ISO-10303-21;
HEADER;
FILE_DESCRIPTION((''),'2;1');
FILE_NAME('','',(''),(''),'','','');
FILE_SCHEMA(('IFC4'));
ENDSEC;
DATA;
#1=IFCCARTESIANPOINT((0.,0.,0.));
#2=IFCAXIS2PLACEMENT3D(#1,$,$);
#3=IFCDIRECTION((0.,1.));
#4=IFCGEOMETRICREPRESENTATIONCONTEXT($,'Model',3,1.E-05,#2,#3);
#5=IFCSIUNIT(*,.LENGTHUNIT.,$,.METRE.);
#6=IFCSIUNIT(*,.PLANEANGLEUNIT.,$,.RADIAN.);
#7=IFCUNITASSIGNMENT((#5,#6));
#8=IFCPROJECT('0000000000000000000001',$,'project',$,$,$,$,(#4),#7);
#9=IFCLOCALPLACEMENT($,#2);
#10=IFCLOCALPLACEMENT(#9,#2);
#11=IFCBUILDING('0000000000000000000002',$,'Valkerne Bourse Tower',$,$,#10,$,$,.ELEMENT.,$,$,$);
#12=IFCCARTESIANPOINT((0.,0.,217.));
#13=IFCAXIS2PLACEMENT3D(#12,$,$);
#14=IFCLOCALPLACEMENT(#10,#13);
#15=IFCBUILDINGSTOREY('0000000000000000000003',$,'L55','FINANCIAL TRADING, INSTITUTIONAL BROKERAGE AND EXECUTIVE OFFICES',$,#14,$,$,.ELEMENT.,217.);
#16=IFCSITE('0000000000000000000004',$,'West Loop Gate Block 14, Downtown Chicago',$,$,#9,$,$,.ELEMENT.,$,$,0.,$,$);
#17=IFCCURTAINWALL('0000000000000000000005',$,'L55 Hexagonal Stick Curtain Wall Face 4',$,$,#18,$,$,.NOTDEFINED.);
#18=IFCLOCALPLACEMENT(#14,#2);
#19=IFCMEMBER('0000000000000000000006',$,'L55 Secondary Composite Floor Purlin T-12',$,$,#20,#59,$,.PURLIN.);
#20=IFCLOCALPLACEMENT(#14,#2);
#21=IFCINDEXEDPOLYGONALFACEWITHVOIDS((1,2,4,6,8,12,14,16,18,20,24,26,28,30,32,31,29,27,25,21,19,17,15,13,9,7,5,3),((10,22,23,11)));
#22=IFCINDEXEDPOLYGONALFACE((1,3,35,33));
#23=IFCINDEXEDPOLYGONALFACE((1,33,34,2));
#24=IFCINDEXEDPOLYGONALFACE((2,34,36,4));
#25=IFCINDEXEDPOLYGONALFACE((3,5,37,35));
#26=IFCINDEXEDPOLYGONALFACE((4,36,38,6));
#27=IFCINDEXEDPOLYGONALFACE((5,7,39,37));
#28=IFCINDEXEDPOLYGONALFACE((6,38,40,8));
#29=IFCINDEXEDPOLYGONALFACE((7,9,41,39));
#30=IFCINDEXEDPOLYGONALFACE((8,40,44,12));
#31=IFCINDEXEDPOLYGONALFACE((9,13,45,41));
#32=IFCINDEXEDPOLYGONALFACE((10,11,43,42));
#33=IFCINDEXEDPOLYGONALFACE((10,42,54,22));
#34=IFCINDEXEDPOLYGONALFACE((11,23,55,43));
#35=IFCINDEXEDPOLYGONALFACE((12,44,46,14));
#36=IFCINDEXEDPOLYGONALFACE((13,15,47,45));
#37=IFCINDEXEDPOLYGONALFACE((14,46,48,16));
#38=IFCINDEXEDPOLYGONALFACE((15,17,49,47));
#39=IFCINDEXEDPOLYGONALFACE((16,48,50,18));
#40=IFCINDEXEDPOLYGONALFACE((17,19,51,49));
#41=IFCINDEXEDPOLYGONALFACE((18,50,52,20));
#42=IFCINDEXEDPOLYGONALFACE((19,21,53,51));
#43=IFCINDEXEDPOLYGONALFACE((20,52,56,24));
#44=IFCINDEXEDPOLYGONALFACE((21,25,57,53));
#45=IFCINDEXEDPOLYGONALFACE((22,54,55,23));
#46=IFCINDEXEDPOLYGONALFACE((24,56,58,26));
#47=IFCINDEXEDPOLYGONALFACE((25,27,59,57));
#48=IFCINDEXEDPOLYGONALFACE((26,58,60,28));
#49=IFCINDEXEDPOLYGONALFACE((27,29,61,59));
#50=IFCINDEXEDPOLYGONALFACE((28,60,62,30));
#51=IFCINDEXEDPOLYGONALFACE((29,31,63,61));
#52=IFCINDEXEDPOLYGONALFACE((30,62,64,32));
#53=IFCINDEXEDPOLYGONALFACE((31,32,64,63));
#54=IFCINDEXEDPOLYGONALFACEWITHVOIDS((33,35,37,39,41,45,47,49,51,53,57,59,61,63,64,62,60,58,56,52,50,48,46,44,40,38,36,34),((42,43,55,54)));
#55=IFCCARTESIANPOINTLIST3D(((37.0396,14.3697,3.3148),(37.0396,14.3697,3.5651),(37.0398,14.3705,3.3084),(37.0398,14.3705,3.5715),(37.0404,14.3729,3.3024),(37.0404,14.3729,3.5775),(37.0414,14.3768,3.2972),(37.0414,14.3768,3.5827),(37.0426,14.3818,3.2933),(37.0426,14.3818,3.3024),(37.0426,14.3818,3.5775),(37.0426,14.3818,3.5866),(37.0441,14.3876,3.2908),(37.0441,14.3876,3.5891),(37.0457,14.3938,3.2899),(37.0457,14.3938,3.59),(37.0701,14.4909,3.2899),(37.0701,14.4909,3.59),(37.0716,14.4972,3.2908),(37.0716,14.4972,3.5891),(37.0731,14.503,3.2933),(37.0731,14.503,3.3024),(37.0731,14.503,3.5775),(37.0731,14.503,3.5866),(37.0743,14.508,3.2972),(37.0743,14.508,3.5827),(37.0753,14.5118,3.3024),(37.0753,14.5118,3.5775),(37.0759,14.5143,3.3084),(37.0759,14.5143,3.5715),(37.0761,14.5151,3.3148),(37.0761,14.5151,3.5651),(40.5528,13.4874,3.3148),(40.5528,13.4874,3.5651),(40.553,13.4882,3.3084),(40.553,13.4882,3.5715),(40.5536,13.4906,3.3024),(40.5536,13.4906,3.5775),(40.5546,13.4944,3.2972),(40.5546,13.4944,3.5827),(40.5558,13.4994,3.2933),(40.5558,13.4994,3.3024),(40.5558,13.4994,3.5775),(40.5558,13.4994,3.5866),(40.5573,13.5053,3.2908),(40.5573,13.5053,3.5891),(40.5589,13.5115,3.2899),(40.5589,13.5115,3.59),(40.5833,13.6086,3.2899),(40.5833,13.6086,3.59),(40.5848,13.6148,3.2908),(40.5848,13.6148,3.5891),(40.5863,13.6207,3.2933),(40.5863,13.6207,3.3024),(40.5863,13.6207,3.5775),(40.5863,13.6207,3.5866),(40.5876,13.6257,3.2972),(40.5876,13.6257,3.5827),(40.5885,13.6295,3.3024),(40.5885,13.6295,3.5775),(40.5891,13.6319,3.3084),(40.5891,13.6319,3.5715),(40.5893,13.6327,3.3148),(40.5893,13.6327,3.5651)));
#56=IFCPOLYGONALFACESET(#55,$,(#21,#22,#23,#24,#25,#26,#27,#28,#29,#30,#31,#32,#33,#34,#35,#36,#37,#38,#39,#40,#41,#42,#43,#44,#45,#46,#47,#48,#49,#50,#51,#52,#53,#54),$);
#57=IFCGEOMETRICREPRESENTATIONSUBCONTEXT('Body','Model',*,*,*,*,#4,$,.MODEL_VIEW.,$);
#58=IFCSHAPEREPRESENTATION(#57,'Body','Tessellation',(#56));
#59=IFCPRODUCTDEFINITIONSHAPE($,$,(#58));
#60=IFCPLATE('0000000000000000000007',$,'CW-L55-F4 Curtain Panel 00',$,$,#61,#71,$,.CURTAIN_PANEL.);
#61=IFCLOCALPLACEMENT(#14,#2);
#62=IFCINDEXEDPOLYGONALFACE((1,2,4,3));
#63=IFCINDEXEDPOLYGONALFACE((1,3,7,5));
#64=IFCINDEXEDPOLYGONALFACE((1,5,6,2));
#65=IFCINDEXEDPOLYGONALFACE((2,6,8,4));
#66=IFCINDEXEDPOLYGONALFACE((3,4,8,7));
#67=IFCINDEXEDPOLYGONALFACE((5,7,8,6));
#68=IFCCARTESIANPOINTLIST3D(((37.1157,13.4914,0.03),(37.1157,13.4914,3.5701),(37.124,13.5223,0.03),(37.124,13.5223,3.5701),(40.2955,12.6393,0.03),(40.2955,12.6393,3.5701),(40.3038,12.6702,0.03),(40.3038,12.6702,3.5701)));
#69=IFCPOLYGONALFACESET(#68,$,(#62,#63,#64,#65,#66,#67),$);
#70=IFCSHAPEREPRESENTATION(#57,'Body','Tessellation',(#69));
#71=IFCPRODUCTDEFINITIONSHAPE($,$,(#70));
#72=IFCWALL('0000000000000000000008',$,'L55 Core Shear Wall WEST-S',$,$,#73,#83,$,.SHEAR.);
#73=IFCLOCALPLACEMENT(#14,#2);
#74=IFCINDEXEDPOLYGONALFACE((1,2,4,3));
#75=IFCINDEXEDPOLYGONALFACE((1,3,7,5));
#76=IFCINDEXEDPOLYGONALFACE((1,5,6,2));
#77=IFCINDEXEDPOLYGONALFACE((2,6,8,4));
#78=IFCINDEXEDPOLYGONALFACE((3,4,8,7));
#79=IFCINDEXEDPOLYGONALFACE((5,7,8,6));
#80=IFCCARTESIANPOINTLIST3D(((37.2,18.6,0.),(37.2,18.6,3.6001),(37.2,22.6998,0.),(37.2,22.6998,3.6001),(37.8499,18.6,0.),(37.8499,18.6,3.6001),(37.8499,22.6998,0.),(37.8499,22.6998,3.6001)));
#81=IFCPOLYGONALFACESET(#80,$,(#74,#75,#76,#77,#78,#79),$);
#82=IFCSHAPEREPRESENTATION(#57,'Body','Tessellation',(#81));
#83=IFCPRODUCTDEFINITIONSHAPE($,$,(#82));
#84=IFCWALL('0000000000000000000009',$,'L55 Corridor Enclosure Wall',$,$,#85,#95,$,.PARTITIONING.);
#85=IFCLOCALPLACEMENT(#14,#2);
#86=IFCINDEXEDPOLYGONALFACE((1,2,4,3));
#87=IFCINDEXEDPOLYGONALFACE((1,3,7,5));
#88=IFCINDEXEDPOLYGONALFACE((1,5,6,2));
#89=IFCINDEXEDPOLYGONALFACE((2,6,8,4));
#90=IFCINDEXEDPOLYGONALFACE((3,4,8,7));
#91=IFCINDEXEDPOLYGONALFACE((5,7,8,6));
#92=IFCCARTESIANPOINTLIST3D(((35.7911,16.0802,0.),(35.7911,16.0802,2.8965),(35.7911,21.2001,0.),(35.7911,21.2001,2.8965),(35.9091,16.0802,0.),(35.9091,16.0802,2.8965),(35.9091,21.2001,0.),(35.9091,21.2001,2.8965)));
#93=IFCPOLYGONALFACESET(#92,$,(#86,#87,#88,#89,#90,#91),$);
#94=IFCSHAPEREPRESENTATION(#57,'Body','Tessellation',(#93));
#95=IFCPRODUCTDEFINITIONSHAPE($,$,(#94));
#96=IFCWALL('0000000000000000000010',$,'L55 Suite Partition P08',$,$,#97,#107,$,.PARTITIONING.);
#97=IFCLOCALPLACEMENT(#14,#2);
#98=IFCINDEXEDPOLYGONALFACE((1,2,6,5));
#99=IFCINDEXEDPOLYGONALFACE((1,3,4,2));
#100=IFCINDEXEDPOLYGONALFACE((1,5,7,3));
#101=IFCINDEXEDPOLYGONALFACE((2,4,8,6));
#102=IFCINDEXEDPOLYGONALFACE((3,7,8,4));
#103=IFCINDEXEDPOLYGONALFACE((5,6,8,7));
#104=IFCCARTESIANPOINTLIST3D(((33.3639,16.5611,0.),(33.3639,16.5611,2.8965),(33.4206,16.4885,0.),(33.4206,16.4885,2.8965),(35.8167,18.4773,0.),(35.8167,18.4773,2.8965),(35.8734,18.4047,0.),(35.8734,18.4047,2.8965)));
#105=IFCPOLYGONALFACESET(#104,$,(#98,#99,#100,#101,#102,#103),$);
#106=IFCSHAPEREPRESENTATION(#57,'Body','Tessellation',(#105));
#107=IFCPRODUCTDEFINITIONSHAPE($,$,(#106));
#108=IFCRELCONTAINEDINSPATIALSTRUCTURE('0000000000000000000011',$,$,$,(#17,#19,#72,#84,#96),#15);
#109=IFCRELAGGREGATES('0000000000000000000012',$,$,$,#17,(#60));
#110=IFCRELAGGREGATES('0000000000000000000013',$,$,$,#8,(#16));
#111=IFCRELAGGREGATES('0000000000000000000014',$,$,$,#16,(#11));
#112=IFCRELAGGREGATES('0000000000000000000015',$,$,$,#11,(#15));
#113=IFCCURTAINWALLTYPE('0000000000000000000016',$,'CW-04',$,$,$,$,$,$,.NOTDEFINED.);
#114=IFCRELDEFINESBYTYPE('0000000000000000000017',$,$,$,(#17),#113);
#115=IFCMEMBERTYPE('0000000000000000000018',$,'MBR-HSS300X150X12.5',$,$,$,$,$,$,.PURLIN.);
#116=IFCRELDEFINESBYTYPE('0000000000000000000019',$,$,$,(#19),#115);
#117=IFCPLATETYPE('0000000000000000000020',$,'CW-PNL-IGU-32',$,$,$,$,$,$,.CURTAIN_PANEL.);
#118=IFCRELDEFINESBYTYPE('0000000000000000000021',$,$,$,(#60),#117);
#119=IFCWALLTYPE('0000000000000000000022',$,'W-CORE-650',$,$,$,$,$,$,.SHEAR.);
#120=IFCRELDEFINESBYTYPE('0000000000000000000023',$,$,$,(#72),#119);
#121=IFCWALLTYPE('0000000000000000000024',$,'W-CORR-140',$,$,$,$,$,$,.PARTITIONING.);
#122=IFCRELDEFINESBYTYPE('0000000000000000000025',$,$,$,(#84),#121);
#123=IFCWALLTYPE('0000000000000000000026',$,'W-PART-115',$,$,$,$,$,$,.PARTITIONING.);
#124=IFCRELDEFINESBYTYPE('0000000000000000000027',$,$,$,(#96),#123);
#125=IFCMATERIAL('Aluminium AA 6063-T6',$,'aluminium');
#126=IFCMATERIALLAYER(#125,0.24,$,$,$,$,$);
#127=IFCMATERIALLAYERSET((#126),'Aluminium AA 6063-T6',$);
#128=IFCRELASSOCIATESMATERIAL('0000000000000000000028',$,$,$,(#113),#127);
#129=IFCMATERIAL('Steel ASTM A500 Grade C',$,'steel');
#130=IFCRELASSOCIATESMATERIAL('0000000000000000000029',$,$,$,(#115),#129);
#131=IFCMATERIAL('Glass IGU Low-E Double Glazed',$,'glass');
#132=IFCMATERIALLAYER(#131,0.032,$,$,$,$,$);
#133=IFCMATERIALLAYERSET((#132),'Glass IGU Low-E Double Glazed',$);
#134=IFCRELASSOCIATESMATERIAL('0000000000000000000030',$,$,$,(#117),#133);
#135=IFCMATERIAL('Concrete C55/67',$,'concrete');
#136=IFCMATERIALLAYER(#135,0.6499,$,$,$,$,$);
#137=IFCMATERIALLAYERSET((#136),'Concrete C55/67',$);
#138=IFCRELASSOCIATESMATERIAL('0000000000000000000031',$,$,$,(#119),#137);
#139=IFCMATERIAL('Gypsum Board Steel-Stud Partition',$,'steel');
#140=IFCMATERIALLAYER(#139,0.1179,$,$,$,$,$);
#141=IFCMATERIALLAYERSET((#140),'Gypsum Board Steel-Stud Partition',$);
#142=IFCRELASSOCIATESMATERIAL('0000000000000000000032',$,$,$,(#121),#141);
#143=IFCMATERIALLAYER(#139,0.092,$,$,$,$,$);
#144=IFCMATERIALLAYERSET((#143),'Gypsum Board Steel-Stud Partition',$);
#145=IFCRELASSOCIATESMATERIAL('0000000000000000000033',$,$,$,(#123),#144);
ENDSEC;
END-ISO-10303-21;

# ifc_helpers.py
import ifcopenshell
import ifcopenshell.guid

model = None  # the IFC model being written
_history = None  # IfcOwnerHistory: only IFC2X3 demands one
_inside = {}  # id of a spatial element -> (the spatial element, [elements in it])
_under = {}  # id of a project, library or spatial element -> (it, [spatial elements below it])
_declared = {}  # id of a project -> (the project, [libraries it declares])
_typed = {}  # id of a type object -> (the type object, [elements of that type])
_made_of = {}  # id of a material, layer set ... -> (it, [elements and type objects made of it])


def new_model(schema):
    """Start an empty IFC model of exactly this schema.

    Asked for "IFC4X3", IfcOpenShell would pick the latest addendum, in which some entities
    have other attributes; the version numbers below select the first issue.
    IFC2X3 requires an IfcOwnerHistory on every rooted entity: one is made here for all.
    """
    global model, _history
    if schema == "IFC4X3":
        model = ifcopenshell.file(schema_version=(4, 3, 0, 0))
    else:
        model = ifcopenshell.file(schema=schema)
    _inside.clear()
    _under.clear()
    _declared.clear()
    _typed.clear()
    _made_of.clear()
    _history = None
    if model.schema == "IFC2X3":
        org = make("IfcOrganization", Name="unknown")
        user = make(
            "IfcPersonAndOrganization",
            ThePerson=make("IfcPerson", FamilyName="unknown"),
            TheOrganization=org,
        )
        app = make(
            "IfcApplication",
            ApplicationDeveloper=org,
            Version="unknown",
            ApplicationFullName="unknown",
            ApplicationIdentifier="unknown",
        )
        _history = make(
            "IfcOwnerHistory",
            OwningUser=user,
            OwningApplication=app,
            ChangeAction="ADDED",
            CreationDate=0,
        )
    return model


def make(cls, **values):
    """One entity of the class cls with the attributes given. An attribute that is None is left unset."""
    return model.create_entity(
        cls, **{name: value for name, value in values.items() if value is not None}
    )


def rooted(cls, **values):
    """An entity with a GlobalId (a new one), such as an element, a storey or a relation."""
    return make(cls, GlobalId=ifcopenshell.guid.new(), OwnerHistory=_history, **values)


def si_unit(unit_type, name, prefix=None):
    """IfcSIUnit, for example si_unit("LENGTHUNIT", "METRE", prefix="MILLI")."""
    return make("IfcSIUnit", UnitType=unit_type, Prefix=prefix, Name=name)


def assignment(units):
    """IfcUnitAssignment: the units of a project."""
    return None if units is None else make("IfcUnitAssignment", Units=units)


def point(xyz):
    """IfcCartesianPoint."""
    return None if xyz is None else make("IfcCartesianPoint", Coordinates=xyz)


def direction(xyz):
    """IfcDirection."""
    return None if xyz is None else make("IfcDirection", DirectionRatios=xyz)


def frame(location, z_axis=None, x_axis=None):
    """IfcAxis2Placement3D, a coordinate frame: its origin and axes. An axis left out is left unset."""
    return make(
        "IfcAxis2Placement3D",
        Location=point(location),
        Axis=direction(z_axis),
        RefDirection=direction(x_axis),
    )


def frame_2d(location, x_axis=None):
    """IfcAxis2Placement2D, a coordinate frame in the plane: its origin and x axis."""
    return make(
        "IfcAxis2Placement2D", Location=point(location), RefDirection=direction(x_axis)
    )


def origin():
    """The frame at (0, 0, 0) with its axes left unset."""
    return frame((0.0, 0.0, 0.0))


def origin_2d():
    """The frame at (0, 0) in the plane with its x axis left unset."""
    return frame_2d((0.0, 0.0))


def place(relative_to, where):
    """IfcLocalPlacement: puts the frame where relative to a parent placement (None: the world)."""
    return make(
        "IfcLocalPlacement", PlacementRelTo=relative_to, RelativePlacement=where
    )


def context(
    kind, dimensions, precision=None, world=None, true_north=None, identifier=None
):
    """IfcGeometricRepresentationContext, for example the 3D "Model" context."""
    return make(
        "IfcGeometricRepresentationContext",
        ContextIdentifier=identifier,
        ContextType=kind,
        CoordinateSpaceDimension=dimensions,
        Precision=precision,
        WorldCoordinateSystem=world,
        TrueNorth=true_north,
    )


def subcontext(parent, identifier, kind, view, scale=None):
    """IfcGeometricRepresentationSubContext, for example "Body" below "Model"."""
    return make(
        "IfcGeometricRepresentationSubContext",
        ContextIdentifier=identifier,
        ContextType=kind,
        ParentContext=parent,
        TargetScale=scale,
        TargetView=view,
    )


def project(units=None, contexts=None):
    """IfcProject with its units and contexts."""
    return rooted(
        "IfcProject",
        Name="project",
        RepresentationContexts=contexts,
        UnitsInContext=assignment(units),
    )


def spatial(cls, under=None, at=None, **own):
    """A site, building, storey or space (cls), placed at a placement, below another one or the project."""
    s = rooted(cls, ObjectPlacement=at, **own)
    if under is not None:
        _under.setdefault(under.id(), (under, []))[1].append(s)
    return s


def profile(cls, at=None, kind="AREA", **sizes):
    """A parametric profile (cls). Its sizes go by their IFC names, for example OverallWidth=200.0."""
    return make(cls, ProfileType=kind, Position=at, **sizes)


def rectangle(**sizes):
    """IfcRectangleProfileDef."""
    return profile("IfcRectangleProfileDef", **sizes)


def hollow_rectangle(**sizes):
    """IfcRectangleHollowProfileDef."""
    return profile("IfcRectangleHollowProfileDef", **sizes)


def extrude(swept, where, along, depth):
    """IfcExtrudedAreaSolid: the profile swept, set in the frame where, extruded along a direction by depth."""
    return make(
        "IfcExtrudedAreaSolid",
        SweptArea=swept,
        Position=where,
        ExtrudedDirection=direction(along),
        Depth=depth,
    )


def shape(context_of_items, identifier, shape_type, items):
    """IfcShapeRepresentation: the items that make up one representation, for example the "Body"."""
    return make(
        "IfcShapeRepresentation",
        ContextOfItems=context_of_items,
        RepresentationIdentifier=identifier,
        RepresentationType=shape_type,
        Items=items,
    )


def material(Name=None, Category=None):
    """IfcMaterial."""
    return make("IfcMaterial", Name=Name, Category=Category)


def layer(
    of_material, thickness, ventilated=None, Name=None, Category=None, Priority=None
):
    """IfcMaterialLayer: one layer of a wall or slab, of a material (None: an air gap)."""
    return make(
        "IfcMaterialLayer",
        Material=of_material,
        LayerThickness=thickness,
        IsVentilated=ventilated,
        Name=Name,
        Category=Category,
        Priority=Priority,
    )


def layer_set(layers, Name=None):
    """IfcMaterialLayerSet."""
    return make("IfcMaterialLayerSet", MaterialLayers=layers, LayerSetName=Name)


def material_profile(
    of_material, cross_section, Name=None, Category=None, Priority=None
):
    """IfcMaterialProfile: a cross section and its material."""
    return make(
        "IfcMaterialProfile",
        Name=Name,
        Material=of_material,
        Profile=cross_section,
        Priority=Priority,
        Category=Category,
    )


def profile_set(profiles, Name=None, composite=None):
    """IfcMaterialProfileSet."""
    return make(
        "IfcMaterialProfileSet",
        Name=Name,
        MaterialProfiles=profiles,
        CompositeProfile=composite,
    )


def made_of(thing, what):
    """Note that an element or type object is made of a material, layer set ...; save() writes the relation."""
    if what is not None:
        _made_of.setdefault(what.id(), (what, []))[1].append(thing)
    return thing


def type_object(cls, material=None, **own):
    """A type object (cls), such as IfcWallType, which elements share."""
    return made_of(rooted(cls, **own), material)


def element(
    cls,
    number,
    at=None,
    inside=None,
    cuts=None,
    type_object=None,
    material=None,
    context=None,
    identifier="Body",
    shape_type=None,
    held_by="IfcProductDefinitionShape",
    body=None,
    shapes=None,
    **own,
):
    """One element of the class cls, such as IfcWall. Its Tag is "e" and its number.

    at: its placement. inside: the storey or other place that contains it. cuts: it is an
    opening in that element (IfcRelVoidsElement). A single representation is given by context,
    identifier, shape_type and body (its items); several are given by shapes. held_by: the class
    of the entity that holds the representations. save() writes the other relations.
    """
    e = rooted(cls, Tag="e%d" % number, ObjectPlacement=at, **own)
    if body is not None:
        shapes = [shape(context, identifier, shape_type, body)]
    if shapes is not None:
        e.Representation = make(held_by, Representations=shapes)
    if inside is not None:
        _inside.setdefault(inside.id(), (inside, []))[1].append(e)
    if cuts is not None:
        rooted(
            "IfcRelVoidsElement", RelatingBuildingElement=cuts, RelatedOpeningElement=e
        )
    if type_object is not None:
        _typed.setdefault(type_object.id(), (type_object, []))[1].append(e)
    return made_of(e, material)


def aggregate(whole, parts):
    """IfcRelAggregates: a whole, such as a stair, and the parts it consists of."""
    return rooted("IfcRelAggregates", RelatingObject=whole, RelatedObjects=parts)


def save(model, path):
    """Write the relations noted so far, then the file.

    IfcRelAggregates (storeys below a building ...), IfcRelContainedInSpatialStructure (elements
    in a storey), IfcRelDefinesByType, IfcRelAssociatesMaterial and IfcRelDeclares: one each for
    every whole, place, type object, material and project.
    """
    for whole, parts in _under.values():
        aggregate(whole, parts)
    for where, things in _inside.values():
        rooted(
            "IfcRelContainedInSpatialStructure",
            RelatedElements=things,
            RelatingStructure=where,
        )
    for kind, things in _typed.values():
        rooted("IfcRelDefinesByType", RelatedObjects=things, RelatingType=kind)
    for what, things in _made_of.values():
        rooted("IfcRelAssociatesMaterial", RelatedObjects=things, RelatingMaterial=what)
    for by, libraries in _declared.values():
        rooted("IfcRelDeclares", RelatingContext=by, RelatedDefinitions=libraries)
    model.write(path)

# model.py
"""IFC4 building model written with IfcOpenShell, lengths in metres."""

from ifc_helpers import new_model, si_unit, direction, frame, frame_2d, origin, origin_2d, place, context, subcontext, project, spatial, rectangle, hollow_rectangle, extrude, material, layer, layer_set, material_profile, profile_set, type_object, element, aggregate, save


model = new_model("IFC4")

# Units and contexts
model_context = context("Model", 3, precision=1e-05, world=origin(), true_north=direction((0.0, 1.0)))
body_context = subcontext(model_context, "Body", "Model", "MODEL_VIEW")
ifc_project = project(units=[si_unit("LENGTHUNIT", "METRE"), si_unit("PLANEANGLEUNIT", "RADIAN")], contexts=[model_context])

# Site, building, storey
site_placement = place(None, origin())
site = spatial("IfcSite", under=ifc_project, at=site_placement, Name="West Loop Gate Block 14, Downtown Chicago", CompositionType="ELEMENT", RefElevation=0.0)
building_placement = place(site_placement, origin())
building = spatial("IfcBuilding", under=site, at=building_placement, Name="Valkerne Bourse Tower", CompositionType="ELEMENT")
storey_placement = place(building_placement, frame((0.0, 0.0, 217.0)))
storey = spatial("IfcBuildingStorey", under=building, at=storey_placement, Name="L55", Description="FINANCIAL TRADING, INSTITUTIONAL BROKERAGE AND EXECUTIVE OFFICES", CompositionType="ELEMENT", Elevation=217.0)

# Curtain wall
ifc_material_1 = material(Name="Aluminium AA 6063-T6", Category="aluminium")
ifc_layer_1 = layer(ifc_material_1, 0.24)
ifc_layer_set_1 = layer_set([ifc_layer_1], Name="Aluminium AA 6063-T6")
curtain_wall_type = type_object("IfcCurtainWallType", Name="CW-04", PredefinedType="NOTDEFINED", material=ifc_layer_set_1)
curtain_wall_placement = place(storey_placement, origin())
curtain_wall = element("IfcCurtainWall", 1, at=curtain_wall_placement, inside=storey, type_object=curtain_wall_type, Name="L55 Hexagonal Stick Curtain Wall Face 4", PredefinedType="NOTDEFINED")

# Member
ifc_material_2 = material(Name="Steel ASTM A500 Grade C", Category="steel")
ifc_material_profile_1 = material_profile(ifc_material_2, hollow_rectangle(XDim=0.1499, YDim=0.3, WallThickness=0.0125, OuterFilletRadius=0.0249, at=origin_2d()), Name="HSS300X150X12.5")
ifc_profile_set_1 = profile_set([ifc_material_profile_1], Name="Steel ASTM A500 Grade C")
member_type_1 = type_object("IfcMemberType", Name="MBR-HSS300X150X12.5", PredefinedType="PURLIN", material=ifc_profile_set_1)
member_1_placement = place(storey_placement, frame((37.0579, 14.4424, 3.4399), z_axis=(0.96988, -0.243582, 0.0), x_axis=(0.243582, 0.96988, 0.0)))
element("IfcMember", 2, at=member_1_placement, inside=storey, type_object=member_type_1, Name="L55 Secondary Composite Floor Purlin T-12", PredefinedType="PURLIN", context=body_context, shape_type="SweptSolid", body=[
    extrude(hollow_rectangle(XDim=0.1499, YDim=0.3, WallThickness=0.0125, OuterFilletRadius=0.0249, at=origin_2d()), origin(), (0.0, 0.0, 1.0), 3.6223),
])

# Plate
ifc_material_3 = material(Name="Glass IGU Low-E Double Glazed", Category="glass")
ifc_layer_2 = layer(ifc_material_3, 0.032)
ifc_layer_set_2 = layer_set([ifc_layer_2], Name="Glass IGU Low-E Double Glazed")
plate_type = type_object("IfcPlateType", Name="CW-PNL-IGU-32", PredefinedType="CURTAIN_PANEL", material=ifc_layer_set_2)
plate_placement = place(storey_placement, frame((38.7097, 13.0808, 0.03), z_axis=(0.0, 0.0, 1.0), x_axis=(0.965921, -0.258836, 0.0)))
plate = element("IfcPlate", 3, at=plate_placement, type_object=plate_type, Name="CW-L55-F4 Curtain Panel 00", PredefinedType="CURTAIN_PANEL", context=body_context, shape_type="SweptSolid", body=[
    extrude(rectangle(XDim=3.292, YDim=0.032, at=origin_2d()), origin(), (0.0, 0.0, 1.0), 3.54),
])
aggregate(curtain_wall, [plate])

# Shared definitions
ifc_material_4 = material(Name="Concrete C55/67", Category="concrete")
ifc_layer_3 = layer(ifc_material_4, 0.6499)
ifc_layer_set_3 = layer_set([ifc_layer_3], Name="Concrete C55/67")
wall_type_1 = type_object("IfcWallType", Name="W-CORE-650", PredefinedType="SHEAR", material=ifc_layer_set_3)

# Walls
wall_1_placement = place(storey_placement, frame((37.5249, 18.6001, 0.0), z_axis=(0.0, 0.0, 1.0), x_axis=(0.0, 1.0, 0.0)))
element("IfcWall", 4, at=wall_1_placement, inside=storey, type_object=wall_type_1, Name="L55 Core Shear Wall WEST-S", PredefinedType="SHEAR", context=body_context, shape_type="SweptSolid", body=[
    extrude(rectangle(XDim=4.0999, YDim=0.6499, at=frame_2d((2.0498, 0.0))), origin(), (0.0, 0.0, 1.0), 3.6001),
])
ifc_material_5 = material(Name="Gypsum Board Steel-Stud Partition", Category="steel")
ifc_layer_4 = layer(ifc_material_5, 0.1179)
ifc_layer_set_4 = layer_set([ifc_layer_4], Name="Gypsum Board Steel-Stud Partition")
wall_type_2 = type_object("IfcWallType", Name="W-CORR-140", PredefinedType="PARTITIONING", material=ifc_layer_set_4)
wall_2_placement = place(storey_placement, frame((35.8501, 16.0801, 0.0), z_axis=(0.0, 0.0, 1.0), x_axis=(0.0, 1.0, 0.0)))
element("IfcWall", 5, at=wall_2_placement, inside=storey, type_object=wall_type_2, Name="L55 Corridor Enclosure Wall", PredefinedType="PARTITIONING", context=body_context, shape_type="SweptSolid", body=[
    extrude(rectangle(XDim=5.1199, YDim=0.1179, at=frame_2d((2.5601, 0.0))), origin(), (0.0, 0.0, 1.0), 2.8965),
])
ifc_layer_5 = layer(ifc_material_5, 0.092)
ifc_layer_set_5 = layer_set([ifc_layer_5], Name="Gypsum Board Steel-Stud Partition")
wall_type_3 = type_object("IfcWallType", Name="W-PART-115", PredefinedType="PARTITIONING", material=ifc_layer_set_5)
wall_3_placement = place(storey_placement, frame((35.845, 18.4409, 0.0), z_axis=(0.0, 0.0, 1.0), x_axis=(-0.788033, -0.615633, 0.0)))
element("IfcWall", 6, at=wall_3_placement, inside=storey, type_object=wall_type_3, Name="L55 Suite Partition P08", PredefinedType="PARTITIONING", context=body_context, shape_type="SweptSolid", body=[
    extrude(rectangle(XDim=3.1125, YDim=0.092, at=frame_2d((1.5562, 0.0))), origin(), (0.0, 0.0, 1.0), 2.8965),
])

save(model, "model.ifc")
